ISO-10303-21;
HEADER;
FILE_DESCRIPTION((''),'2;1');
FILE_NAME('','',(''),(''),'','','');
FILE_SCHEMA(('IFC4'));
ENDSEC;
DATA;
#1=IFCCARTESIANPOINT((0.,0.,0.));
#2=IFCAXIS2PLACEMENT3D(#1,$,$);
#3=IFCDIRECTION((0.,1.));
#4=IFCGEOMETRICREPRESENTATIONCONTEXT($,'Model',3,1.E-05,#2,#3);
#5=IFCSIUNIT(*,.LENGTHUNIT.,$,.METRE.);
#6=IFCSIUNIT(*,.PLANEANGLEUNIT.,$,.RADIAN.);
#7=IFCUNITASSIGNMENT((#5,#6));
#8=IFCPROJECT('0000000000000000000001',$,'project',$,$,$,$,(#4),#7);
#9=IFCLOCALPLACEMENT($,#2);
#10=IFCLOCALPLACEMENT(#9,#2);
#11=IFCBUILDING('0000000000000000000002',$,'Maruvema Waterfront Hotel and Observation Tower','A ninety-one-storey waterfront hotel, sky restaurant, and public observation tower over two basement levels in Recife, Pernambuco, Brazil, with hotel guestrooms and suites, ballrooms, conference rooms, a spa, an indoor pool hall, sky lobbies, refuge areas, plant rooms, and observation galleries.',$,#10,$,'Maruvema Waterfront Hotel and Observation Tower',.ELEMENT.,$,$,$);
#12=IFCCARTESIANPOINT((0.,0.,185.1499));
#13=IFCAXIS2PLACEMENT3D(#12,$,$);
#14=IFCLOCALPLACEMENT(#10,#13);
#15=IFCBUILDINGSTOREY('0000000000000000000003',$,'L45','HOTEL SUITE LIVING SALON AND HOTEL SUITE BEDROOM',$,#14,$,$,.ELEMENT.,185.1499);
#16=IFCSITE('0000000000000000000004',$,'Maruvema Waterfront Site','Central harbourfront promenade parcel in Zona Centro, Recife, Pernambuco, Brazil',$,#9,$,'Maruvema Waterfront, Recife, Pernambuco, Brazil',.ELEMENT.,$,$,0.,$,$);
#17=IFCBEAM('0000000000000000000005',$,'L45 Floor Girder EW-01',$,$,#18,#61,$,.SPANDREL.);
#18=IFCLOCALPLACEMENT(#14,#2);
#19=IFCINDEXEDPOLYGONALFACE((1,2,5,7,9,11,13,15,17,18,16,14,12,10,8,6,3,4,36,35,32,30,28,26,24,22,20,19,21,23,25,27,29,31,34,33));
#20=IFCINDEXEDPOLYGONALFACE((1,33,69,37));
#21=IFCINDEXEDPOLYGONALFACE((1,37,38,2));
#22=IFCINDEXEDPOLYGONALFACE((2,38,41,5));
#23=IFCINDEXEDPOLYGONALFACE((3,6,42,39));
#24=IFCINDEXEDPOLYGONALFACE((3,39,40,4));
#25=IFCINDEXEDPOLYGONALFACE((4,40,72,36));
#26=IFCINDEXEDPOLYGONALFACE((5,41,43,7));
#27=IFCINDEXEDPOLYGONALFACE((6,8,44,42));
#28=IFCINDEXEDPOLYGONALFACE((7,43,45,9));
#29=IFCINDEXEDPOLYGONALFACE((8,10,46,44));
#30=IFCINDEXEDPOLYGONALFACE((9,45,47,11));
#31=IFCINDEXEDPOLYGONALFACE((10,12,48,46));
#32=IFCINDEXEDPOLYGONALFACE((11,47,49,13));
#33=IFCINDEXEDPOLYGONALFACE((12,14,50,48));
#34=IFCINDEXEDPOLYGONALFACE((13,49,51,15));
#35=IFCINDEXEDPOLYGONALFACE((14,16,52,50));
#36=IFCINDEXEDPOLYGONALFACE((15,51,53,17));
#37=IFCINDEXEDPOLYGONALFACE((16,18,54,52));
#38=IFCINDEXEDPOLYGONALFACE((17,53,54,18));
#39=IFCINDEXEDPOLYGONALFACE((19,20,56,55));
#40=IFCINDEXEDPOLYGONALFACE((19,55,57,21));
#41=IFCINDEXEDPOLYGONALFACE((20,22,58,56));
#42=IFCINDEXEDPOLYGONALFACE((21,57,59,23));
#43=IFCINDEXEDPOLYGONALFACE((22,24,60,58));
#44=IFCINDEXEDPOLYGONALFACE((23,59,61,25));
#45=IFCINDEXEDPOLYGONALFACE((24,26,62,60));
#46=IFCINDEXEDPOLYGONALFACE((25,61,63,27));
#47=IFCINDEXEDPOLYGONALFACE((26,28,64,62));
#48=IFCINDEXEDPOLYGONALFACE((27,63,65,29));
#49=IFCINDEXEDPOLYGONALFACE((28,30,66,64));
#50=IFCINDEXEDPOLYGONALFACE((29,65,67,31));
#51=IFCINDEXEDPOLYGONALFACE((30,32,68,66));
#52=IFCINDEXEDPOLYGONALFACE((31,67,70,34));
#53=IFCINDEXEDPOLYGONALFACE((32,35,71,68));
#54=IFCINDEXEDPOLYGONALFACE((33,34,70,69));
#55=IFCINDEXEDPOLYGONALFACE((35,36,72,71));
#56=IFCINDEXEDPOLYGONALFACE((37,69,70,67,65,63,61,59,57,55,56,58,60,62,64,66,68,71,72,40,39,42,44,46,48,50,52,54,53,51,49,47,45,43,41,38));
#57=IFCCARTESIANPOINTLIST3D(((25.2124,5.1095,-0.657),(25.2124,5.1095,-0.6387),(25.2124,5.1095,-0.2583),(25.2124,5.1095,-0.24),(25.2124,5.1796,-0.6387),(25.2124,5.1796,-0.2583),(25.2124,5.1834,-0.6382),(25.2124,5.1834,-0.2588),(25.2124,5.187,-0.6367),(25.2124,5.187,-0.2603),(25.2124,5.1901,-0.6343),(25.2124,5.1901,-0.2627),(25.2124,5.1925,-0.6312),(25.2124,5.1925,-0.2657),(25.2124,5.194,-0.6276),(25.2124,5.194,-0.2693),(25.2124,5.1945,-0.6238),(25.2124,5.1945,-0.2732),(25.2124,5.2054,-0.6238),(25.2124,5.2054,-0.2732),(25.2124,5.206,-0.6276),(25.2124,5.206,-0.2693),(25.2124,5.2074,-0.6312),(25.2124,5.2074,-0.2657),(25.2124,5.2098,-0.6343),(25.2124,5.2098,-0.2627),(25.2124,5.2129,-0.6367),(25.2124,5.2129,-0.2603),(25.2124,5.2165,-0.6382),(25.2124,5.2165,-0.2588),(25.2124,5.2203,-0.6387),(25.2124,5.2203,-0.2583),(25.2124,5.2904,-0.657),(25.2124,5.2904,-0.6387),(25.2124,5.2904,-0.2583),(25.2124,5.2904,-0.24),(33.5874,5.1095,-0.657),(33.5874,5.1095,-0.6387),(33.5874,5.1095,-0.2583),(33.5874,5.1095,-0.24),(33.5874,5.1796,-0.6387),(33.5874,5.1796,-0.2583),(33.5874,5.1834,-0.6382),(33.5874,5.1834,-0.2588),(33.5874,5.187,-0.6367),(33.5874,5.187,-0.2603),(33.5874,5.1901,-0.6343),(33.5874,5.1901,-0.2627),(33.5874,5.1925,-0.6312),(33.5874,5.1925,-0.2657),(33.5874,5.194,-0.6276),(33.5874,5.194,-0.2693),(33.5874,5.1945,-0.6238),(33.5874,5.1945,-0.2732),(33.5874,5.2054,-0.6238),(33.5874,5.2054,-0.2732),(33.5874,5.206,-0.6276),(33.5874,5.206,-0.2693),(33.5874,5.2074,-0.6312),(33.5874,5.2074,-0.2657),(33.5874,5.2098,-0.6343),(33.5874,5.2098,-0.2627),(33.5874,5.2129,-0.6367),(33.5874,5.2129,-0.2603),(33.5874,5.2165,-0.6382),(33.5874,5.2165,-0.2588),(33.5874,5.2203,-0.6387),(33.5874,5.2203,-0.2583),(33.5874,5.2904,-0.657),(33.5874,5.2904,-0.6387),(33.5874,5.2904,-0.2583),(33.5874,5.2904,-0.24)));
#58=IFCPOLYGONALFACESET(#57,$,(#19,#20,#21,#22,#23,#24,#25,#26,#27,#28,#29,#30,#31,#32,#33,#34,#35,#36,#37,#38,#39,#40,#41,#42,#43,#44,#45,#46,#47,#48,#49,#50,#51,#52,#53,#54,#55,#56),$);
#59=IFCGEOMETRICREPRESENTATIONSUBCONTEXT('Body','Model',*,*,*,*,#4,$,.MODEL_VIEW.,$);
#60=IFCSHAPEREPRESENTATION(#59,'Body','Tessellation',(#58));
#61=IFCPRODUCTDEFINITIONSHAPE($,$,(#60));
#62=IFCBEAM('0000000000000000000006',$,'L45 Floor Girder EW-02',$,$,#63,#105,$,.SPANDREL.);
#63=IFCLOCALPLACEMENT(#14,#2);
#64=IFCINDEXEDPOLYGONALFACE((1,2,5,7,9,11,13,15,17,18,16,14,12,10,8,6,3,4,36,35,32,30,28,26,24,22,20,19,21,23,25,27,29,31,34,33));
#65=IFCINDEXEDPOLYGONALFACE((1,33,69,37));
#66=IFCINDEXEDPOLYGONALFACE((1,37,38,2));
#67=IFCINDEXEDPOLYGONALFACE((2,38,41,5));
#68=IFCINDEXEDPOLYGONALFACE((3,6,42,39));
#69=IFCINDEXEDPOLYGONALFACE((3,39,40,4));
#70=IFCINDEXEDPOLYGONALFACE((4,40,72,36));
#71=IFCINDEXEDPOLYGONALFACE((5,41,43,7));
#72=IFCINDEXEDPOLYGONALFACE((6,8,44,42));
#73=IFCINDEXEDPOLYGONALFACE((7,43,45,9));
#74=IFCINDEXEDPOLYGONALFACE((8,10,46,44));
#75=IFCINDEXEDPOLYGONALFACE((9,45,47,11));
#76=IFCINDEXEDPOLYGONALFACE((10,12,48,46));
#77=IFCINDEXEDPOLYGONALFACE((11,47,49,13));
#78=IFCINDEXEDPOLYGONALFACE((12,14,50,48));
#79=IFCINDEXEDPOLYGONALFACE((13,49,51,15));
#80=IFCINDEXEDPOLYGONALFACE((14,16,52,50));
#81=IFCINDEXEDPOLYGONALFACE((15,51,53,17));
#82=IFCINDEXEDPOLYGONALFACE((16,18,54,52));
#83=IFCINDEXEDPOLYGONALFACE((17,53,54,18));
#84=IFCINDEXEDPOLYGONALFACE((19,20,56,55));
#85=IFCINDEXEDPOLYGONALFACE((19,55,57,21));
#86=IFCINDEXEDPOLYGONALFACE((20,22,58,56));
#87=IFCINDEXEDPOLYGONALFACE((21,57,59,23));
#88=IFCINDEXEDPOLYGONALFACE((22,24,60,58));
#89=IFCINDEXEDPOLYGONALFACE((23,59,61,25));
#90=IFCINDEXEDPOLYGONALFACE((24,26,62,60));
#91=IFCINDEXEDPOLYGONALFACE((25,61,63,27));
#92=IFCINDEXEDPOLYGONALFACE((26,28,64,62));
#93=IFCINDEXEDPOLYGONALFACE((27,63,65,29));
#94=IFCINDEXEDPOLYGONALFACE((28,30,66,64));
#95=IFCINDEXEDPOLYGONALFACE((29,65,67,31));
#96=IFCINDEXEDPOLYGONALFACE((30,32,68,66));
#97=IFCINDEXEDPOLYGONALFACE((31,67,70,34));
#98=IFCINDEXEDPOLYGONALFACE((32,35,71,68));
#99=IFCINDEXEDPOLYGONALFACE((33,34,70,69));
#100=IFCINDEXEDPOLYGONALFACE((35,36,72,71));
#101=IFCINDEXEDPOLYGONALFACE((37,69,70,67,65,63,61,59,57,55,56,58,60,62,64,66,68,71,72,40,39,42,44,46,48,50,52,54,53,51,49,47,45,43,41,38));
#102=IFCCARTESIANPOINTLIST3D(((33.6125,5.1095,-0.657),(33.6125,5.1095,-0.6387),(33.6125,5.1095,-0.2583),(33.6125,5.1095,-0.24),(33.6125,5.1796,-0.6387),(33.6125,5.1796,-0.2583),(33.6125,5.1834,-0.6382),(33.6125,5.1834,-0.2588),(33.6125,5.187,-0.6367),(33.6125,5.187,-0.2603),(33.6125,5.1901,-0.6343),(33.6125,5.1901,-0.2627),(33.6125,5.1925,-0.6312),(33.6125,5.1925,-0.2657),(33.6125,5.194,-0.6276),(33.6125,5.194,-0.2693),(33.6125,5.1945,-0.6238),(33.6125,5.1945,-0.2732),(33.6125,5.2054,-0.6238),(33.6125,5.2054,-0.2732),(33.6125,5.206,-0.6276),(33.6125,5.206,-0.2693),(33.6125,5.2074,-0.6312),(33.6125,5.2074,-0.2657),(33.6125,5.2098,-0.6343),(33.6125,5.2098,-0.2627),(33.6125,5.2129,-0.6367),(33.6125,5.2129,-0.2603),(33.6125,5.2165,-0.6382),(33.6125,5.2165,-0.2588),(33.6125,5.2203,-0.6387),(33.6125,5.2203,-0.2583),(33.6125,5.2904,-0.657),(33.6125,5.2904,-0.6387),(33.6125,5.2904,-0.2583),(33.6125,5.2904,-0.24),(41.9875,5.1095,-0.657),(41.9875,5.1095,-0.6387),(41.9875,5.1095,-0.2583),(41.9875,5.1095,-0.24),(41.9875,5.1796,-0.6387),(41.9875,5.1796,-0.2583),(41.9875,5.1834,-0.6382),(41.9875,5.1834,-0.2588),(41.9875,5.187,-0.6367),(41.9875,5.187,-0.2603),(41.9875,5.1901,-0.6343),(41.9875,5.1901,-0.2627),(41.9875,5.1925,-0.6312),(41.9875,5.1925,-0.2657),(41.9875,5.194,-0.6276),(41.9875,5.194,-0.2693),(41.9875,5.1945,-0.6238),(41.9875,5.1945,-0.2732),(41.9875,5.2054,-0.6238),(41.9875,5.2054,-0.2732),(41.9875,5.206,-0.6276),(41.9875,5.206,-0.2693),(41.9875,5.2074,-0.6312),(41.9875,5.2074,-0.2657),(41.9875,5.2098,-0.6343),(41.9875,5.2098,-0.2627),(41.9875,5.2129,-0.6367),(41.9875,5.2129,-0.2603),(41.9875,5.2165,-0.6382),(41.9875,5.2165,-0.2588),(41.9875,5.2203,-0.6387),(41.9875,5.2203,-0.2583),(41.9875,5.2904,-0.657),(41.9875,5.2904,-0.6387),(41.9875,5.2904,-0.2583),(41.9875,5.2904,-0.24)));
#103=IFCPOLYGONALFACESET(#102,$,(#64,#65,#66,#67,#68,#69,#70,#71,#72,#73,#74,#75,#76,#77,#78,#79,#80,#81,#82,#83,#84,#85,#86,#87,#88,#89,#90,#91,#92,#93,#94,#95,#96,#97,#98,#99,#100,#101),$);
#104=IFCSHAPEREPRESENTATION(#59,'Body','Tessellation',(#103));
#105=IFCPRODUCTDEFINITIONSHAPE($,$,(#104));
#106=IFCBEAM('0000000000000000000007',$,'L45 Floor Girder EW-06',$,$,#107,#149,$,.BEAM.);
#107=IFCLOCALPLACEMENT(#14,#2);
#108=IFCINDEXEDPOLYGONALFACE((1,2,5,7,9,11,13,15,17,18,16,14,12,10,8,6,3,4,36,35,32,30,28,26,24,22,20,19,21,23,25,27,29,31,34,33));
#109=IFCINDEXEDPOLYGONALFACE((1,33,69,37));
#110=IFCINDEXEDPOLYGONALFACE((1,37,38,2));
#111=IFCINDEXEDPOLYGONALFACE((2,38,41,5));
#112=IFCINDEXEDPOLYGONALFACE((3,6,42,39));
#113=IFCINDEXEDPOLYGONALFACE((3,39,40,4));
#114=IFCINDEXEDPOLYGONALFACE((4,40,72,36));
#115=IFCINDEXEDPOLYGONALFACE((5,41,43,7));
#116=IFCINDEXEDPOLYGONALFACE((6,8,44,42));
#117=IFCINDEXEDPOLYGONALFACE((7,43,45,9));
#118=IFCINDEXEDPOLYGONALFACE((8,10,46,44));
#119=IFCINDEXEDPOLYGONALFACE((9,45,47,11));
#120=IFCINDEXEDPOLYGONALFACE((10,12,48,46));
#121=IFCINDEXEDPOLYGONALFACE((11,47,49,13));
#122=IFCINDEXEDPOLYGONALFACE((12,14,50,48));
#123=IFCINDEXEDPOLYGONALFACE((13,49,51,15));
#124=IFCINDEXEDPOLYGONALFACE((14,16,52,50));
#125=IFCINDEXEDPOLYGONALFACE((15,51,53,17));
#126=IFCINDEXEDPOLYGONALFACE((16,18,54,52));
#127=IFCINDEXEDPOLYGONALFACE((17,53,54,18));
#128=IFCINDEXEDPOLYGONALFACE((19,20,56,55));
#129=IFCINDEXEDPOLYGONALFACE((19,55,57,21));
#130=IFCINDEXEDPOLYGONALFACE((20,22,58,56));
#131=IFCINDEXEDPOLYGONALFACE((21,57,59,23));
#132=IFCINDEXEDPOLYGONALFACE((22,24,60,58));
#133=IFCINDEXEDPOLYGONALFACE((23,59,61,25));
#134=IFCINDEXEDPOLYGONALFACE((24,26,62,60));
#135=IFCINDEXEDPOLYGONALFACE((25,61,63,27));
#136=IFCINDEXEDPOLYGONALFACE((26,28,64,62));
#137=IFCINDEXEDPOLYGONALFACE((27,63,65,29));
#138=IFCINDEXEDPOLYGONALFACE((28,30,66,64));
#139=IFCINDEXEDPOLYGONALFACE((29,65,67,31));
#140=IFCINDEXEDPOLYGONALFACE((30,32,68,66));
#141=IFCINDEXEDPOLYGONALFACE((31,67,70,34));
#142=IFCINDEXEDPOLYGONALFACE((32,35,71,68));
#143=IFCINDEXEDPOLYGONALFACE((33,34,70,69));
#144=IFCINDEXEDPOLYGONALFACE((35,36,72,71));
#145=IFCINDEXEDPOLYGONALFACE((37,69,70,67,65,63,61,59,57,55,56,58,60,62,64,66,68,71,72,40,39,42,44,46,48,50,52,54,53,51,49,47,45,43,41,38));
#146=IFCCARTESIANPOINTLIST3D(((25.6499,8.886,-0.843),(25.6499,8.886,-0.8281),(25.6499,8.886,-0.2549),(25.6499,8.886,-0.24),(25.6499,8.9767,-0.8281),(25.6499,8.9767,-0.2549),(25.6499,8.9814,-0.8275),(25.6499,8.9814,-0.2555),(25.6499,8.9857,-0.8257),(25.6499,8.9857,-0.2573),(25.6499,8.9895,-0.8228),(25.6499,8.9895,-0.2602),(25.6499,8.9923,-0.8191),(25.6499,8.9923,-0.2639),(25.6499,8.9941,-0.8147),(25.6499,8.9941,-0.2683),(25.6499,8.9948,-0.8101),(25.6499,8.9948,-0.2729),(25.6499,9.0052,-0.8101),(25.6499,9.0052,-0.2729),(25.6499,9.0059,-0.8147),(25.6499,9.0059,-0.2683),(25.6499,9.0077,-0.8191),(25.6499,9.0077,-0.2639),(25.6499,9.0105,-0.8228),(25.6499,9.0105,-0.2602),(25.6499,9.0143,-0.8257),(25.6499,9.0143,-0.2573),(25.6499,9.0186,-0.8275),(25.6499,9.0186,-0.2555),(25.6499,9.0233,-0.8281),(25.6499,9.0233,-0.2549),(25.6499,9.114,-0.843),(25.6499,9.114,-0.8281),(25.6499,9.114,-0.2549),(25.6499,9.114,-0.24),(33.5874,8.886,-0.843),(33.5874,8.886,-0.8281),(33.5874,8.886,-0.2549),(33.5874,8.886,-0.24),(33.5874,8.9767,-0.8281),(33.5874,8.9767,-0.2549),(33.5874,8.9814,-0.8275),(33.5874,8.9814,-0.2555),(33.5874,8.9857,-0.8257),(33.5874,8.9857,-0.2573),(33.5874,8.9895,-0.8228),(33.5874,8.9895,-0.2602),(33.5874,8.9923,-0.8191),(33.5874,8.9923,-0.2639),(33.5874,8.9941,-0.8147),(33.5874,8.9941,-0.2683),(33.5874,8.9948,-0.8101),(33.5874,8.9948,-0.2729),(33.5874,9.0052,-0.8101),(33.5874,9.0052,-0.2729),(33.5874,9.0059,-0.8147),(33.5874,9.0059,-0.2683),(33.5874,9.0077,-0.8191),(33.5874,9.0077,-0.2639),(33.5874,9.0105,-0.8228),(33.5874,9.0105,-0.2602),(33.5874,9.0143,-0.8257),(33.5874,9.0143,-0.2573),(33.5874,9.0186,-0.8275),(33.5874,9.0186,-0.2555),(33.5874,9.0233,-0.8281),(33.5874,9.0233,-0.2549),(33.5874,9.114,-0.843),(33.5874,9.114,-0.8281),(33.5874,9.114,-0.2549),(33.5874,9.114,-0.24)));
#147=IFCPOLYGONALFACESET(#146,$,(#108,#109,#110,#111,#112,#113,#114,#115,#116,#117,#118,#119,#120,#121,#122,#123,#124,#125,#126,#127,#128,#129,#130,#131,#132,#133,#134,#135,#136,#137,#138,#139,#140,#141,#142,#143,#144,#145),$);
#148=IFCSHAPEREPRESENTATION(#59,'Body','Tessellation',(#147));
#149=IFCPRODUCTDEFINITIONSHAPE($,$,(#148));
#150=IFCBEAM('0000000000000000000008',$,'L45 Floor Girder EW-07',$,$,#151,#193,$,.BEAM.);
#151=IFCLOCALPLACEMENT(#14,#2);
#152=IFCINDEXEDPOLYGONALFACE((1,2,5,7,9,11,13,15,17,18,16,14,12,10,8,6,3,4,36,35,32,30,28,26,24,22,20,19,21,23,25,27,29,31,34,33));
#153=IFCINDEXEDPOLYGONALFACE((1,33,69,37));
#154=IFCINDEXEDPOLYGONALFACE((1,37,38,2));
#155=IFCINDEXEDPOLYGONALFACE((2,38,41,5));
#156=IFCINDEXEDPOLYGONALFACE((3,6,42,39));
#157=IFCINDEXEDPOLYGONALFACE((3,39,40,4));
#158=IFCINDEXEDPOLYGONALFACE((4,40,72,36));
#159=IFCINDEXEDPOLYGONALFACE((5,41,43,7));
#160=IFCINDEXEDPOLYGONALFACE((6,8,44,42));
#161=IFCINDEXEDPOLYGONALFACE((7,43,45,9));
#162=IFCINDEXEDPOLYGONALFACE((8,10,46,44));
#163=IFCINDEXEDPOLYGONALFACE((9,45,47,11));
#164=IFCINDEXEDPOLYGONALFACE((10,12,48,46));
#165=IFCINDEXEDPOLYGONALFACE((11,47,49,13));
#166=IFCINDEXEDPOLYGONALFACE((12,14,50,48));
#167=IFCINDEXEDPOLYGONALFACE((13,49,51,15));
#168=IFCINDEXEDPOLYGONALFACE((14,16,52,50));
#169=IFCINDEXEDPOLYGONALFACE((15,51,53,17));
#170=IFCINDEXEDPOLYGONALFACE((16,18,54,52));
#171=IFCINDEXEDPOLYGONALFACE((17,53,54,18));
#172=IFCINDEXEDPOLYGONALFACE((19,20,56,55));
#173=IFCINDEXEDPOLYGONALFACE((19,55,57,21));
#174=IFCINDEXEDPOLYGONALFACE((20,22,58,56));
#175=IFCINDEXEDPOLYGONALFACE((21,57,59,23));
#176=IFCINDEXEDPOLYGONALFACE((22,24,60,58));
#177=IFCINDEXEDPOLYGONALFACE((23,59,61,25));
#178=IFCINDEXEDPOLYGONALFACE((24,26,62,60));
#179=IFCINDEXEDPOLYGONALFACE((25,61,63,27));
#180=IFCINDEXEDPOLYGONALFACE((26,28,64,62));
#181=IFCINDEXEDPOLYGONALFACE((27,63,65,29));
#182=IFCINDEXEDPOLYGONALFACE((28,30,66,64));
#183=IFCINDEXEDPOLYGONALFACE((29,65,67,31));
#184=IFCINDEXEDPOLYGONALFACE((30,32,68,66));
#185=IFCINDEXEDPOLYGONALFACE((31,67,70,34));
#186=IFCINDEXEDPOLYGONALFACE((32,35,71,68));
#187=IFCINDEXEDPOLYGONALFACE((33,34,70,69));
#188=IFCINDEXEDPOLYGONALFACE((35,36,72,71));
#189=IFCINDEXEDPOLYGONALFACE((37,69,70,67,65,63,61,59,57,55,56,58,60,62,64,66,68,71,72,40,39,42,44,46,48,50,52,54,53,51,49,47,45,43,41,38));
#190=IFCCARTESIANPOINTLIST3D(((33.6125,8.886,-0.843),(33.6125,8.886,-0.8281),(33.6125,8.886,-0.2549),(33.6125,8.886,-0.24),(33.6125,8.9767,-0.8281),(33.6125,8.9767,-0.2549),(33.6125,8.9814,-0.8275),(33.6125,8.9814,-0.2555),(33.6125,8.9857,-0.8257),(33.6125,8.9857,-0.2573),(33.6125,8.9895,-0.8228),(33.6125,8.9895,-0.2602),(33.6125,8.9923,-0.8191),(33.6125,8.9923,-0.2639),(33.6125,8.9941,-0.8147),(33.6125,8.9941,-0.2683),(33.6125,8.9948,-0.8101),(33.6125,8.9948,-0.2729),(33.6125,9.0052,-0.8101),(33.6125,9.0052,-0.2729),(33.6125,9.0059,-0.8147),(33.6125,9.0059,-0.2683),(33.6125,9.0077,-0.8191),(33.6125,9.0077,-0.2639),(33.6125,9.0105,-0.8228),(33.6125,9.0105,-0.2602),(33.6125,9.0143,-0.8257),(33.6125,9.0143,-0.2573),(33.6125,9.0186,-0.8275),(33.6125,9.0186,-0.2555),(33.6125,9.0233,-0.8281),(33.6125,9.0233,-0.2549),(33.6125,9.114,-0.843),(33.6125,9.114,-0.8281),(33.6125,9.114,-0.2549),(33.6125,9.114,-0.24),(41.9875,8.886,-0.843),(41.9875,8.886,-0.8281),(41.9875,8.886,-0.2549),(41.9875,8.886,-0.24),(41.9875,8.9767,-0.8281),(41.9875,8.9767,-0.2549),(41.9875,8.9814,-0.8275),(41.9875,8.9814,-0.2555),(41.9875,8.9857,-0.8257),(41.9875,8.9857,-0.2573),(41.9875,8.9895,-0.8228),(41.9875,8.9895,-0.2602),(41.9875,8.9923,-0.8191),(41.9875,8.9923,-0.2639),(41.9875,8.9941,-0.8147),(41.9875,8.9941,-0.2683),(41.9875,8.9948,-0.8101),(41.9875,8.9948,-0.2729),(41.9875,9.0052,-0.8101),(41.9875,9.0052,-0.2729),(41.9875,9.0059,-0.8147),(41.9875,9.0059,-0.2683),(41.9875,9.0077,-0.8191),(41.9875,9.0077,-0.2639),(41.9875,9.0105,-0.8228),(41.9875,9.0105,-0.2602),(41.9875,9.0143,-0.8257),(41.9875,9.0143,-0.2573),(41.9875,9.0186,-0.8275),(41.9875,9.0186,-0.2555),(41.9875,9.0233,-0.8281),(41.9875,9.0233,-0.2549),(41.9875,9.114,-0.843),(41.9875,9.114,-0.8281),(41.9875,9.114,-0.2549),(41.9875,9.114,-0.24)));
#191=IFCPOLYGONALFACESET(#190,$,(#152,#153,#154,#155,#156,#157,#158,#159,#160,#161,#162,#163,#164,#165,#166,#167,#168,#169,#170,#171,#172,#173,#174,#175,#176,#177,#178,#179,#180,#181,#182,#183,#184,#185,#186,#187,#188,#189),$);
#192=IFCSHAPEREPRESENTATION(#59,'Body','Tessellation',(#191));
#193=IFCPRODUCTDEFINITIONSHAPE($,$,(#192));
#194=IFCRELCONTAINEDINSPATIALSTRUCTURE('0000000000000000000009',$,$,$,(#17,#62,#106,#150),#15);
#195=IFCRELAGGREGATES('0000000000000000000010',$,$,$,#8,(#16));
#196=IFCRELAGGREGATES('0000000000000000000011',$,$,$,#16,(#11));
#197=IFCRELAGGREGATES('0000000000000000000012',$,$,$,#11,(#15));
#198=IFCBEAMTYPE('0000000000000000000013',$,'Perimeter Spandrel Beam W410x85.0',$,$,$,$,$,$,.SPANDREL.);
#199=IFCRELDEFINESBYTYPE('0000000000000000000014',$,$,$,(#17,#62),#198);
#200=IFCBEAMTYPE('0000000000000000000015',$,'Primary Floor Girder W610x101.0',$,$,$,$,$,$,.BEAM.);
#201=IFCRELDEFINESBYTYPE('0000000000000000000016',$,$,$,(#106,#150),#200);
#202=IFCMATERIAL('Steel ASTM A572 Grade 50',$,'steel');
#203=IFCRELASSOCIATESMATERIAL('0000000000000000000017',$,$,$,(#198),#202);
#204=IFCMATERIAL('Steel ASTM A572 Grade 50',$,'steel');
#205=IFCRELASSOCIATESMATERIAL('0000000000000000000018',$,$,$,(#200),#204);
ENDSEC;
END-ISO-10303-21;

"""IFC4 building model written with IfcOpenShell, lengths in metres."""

from ifc_helpers import new_model, si_unit, direction, frame, origin, origin_2d, place, context, subcontext, project, spatial, i_section, extrude, material, material_profile, profile_set, type_object, element, save


model = new_model("IFC4")

# Units and contexts
model_context = context("Model", 3, precision=1e-05, world=origin(), true_north=direction((0.0, 1.0)))
body_context = subcontext(model_context, "Body", "Model", "MODEL_VIEW")
ifc_project = project(units=[si_unit("LENGTHUNIT", "METRE"), si_unit("PLANEANGLEUNIT", "RADIAN")], contexts=[model_context])

# Site, building, storey
site_placement = place(None, origin())
site = spatial("IfcSite", under=ifc_project, at=site_placement, Name="Maruvema Waterfront Site", Description="Central harbourfront promenade parcel in Zona Centro, Recife, Pernambuco, Brazil", LongName="Maruvema Waterfront, Recife, Pernambuco, Brazil", CompositionType="ELEMENT", RefElevation=0.0)
building_placement = place(site_placement, origin())
building = spatial("IfcBuilding", under=site, at=building_placement, Name="Maruvema Waterfront Hotel and Observation Tower", Description="A ninety-one-storey waterfront hotel, sky restaurant, and public observation tower over two basement levels in Recife, Pernambuco, Brazil, with hotel guestrooms and suites, ballrooms, conference rooms, a spa, an indoor pool hall, sky lobbies, refuge areas, plant rooms, and observation galleries.", LongName="Maruvema Waterfront Hotel and Observation Tower", CompositionType="ELEMENT")
storey_placement = place(building_placement, frame((0.0, 0.0, 185.1499)))
storey = spatial("IfcBuildingStorey", under=building, at=storey_placement, Name="L45", Description="HOTEL SUITE LIVING SALON AND HOTEL SUITE BEDROOM", CompositionType="ELEMENT", Elevation=185.1499)

# Beams
ifc_material_1 = material(Name="Steel ASTM A572 Grade 50", Category="steel")
ifc_material_profile_1 = material_profile(ifc_material_1, i_section(OverallWidth=0.1809, OverallDepth=0.417, WebThickness=0.011, FlangeThickness=0.0183, FilletRadius=0.0149, at=origin_2d()), Name="W410x85.0")
ifc_profile_set_1 = profile_set([ifc_material_profile_1], Name="Steel ASTM A572 Grade 50")
beam_type_1 = type_object("IfcBeamType", Name="Perimeter Spandrel Beam W410x85.0", PredefinedType="SPANDREL", material=ifc_profile_set_1)
for number, where, z_axis, x_axis, name in (
    (1, (25.2124, 5.2, -0.4485), (1.0, 0.0, 0.0), (0.0, 1.0, 0.0), "L45 Floor Girder EW-01"),
    (2, (33.6125, 5.2, -0.4485), (1.0, 0.0, 0.0), (0.0, 1.0, 0.0), "L45 Floor Girder EW-02"),
):
    element("IfcBeam", number, at=place(storey_placement, frame(where, z_axis=z_axis, x_axis=x_axis)), inside=storey, type_object=beam_type_1, Name=name, PredefinedType="SPANDREL", context=body_context, shape_type="SweptSolid", body=[
        extrude(i_section(OverallWidth=0.1809, OverallDepth=0.417, WebThickness=0.011, FlangeThickness=0.0183, FilletRadius=0.0149, at=origin_2d()), origin(), (0.0, 0.0, 1.0), 8.375),
    ])
ifc_material_2 = material(Name="Steel ASTM A572 Grade 50", Category="steel")
ifc_material_profile_2 = material_profile(ifc_material_2, i_section(OverallWidth=0.228, OverallDepth=0.603, WebThickness=0.0105, FlangeThickness=0.0149, FilletRadius=0.0181, at=origin_2d()), Name="W610x101.0")
ifc_profile_set_2 = profile_set([ifc_material_profile_2], Name="Steel ASTM A572 Grade 50")
beam_type_2 = type_object("IfcBeamType", Name="Primary Floor Girder W610x101.0", PredefinedType="BEAM", material=ifc_profile_set_2)
beam_1_placement = place(storey_placement, frame((25.6499, 9.0, -0.5415), z_axis=(1.0, 0.0, 0.0), x_axis=(0.0, 1.0, 0.0)))
element("IfcBeam", 3, at=beam_1_placement, inside=storey, type_object=beam_type_2, Name="L45 Floor Girder EW-06", PredefinedType="BEAM", context=body_context, shape_type="SweptSolid", body=[
    extrude(i_section(OverallWidth=0.228, OverallDepth=0.603, WebThickness=0.0105, FlangeThickness=0.0149, FilletRadius=0.0181, at=origin_2d()), origin(), (0.0, 0.0, 1.0), 7.9375),
])
beam_2_placement = place(storey_placement, frame((33.6125, 9.0, -0.5415), z_axis=(1.0, 0.0, 0.0), x_axis=(0.0, 1.0, 0.0)))
element("IfcBeam", 4, at=beam_2_placement, inside=storey, type_object=beam_type_2, Name="L45 Floor Girder EW-07", PredefinedType="BEAM", context=body_context, shape_type="SweptSolid", body=[
    extrude(i_section(OverallWidth=0.228, OverallDepth=0.603, WebThickness=0.0105, FlangeThickness=0.0149, FilletRadius=0.0181, at=origin_2d()), origin(), (0.0, 0.0, 1.0), 8.375),
])

save(model, "model.ifc")
